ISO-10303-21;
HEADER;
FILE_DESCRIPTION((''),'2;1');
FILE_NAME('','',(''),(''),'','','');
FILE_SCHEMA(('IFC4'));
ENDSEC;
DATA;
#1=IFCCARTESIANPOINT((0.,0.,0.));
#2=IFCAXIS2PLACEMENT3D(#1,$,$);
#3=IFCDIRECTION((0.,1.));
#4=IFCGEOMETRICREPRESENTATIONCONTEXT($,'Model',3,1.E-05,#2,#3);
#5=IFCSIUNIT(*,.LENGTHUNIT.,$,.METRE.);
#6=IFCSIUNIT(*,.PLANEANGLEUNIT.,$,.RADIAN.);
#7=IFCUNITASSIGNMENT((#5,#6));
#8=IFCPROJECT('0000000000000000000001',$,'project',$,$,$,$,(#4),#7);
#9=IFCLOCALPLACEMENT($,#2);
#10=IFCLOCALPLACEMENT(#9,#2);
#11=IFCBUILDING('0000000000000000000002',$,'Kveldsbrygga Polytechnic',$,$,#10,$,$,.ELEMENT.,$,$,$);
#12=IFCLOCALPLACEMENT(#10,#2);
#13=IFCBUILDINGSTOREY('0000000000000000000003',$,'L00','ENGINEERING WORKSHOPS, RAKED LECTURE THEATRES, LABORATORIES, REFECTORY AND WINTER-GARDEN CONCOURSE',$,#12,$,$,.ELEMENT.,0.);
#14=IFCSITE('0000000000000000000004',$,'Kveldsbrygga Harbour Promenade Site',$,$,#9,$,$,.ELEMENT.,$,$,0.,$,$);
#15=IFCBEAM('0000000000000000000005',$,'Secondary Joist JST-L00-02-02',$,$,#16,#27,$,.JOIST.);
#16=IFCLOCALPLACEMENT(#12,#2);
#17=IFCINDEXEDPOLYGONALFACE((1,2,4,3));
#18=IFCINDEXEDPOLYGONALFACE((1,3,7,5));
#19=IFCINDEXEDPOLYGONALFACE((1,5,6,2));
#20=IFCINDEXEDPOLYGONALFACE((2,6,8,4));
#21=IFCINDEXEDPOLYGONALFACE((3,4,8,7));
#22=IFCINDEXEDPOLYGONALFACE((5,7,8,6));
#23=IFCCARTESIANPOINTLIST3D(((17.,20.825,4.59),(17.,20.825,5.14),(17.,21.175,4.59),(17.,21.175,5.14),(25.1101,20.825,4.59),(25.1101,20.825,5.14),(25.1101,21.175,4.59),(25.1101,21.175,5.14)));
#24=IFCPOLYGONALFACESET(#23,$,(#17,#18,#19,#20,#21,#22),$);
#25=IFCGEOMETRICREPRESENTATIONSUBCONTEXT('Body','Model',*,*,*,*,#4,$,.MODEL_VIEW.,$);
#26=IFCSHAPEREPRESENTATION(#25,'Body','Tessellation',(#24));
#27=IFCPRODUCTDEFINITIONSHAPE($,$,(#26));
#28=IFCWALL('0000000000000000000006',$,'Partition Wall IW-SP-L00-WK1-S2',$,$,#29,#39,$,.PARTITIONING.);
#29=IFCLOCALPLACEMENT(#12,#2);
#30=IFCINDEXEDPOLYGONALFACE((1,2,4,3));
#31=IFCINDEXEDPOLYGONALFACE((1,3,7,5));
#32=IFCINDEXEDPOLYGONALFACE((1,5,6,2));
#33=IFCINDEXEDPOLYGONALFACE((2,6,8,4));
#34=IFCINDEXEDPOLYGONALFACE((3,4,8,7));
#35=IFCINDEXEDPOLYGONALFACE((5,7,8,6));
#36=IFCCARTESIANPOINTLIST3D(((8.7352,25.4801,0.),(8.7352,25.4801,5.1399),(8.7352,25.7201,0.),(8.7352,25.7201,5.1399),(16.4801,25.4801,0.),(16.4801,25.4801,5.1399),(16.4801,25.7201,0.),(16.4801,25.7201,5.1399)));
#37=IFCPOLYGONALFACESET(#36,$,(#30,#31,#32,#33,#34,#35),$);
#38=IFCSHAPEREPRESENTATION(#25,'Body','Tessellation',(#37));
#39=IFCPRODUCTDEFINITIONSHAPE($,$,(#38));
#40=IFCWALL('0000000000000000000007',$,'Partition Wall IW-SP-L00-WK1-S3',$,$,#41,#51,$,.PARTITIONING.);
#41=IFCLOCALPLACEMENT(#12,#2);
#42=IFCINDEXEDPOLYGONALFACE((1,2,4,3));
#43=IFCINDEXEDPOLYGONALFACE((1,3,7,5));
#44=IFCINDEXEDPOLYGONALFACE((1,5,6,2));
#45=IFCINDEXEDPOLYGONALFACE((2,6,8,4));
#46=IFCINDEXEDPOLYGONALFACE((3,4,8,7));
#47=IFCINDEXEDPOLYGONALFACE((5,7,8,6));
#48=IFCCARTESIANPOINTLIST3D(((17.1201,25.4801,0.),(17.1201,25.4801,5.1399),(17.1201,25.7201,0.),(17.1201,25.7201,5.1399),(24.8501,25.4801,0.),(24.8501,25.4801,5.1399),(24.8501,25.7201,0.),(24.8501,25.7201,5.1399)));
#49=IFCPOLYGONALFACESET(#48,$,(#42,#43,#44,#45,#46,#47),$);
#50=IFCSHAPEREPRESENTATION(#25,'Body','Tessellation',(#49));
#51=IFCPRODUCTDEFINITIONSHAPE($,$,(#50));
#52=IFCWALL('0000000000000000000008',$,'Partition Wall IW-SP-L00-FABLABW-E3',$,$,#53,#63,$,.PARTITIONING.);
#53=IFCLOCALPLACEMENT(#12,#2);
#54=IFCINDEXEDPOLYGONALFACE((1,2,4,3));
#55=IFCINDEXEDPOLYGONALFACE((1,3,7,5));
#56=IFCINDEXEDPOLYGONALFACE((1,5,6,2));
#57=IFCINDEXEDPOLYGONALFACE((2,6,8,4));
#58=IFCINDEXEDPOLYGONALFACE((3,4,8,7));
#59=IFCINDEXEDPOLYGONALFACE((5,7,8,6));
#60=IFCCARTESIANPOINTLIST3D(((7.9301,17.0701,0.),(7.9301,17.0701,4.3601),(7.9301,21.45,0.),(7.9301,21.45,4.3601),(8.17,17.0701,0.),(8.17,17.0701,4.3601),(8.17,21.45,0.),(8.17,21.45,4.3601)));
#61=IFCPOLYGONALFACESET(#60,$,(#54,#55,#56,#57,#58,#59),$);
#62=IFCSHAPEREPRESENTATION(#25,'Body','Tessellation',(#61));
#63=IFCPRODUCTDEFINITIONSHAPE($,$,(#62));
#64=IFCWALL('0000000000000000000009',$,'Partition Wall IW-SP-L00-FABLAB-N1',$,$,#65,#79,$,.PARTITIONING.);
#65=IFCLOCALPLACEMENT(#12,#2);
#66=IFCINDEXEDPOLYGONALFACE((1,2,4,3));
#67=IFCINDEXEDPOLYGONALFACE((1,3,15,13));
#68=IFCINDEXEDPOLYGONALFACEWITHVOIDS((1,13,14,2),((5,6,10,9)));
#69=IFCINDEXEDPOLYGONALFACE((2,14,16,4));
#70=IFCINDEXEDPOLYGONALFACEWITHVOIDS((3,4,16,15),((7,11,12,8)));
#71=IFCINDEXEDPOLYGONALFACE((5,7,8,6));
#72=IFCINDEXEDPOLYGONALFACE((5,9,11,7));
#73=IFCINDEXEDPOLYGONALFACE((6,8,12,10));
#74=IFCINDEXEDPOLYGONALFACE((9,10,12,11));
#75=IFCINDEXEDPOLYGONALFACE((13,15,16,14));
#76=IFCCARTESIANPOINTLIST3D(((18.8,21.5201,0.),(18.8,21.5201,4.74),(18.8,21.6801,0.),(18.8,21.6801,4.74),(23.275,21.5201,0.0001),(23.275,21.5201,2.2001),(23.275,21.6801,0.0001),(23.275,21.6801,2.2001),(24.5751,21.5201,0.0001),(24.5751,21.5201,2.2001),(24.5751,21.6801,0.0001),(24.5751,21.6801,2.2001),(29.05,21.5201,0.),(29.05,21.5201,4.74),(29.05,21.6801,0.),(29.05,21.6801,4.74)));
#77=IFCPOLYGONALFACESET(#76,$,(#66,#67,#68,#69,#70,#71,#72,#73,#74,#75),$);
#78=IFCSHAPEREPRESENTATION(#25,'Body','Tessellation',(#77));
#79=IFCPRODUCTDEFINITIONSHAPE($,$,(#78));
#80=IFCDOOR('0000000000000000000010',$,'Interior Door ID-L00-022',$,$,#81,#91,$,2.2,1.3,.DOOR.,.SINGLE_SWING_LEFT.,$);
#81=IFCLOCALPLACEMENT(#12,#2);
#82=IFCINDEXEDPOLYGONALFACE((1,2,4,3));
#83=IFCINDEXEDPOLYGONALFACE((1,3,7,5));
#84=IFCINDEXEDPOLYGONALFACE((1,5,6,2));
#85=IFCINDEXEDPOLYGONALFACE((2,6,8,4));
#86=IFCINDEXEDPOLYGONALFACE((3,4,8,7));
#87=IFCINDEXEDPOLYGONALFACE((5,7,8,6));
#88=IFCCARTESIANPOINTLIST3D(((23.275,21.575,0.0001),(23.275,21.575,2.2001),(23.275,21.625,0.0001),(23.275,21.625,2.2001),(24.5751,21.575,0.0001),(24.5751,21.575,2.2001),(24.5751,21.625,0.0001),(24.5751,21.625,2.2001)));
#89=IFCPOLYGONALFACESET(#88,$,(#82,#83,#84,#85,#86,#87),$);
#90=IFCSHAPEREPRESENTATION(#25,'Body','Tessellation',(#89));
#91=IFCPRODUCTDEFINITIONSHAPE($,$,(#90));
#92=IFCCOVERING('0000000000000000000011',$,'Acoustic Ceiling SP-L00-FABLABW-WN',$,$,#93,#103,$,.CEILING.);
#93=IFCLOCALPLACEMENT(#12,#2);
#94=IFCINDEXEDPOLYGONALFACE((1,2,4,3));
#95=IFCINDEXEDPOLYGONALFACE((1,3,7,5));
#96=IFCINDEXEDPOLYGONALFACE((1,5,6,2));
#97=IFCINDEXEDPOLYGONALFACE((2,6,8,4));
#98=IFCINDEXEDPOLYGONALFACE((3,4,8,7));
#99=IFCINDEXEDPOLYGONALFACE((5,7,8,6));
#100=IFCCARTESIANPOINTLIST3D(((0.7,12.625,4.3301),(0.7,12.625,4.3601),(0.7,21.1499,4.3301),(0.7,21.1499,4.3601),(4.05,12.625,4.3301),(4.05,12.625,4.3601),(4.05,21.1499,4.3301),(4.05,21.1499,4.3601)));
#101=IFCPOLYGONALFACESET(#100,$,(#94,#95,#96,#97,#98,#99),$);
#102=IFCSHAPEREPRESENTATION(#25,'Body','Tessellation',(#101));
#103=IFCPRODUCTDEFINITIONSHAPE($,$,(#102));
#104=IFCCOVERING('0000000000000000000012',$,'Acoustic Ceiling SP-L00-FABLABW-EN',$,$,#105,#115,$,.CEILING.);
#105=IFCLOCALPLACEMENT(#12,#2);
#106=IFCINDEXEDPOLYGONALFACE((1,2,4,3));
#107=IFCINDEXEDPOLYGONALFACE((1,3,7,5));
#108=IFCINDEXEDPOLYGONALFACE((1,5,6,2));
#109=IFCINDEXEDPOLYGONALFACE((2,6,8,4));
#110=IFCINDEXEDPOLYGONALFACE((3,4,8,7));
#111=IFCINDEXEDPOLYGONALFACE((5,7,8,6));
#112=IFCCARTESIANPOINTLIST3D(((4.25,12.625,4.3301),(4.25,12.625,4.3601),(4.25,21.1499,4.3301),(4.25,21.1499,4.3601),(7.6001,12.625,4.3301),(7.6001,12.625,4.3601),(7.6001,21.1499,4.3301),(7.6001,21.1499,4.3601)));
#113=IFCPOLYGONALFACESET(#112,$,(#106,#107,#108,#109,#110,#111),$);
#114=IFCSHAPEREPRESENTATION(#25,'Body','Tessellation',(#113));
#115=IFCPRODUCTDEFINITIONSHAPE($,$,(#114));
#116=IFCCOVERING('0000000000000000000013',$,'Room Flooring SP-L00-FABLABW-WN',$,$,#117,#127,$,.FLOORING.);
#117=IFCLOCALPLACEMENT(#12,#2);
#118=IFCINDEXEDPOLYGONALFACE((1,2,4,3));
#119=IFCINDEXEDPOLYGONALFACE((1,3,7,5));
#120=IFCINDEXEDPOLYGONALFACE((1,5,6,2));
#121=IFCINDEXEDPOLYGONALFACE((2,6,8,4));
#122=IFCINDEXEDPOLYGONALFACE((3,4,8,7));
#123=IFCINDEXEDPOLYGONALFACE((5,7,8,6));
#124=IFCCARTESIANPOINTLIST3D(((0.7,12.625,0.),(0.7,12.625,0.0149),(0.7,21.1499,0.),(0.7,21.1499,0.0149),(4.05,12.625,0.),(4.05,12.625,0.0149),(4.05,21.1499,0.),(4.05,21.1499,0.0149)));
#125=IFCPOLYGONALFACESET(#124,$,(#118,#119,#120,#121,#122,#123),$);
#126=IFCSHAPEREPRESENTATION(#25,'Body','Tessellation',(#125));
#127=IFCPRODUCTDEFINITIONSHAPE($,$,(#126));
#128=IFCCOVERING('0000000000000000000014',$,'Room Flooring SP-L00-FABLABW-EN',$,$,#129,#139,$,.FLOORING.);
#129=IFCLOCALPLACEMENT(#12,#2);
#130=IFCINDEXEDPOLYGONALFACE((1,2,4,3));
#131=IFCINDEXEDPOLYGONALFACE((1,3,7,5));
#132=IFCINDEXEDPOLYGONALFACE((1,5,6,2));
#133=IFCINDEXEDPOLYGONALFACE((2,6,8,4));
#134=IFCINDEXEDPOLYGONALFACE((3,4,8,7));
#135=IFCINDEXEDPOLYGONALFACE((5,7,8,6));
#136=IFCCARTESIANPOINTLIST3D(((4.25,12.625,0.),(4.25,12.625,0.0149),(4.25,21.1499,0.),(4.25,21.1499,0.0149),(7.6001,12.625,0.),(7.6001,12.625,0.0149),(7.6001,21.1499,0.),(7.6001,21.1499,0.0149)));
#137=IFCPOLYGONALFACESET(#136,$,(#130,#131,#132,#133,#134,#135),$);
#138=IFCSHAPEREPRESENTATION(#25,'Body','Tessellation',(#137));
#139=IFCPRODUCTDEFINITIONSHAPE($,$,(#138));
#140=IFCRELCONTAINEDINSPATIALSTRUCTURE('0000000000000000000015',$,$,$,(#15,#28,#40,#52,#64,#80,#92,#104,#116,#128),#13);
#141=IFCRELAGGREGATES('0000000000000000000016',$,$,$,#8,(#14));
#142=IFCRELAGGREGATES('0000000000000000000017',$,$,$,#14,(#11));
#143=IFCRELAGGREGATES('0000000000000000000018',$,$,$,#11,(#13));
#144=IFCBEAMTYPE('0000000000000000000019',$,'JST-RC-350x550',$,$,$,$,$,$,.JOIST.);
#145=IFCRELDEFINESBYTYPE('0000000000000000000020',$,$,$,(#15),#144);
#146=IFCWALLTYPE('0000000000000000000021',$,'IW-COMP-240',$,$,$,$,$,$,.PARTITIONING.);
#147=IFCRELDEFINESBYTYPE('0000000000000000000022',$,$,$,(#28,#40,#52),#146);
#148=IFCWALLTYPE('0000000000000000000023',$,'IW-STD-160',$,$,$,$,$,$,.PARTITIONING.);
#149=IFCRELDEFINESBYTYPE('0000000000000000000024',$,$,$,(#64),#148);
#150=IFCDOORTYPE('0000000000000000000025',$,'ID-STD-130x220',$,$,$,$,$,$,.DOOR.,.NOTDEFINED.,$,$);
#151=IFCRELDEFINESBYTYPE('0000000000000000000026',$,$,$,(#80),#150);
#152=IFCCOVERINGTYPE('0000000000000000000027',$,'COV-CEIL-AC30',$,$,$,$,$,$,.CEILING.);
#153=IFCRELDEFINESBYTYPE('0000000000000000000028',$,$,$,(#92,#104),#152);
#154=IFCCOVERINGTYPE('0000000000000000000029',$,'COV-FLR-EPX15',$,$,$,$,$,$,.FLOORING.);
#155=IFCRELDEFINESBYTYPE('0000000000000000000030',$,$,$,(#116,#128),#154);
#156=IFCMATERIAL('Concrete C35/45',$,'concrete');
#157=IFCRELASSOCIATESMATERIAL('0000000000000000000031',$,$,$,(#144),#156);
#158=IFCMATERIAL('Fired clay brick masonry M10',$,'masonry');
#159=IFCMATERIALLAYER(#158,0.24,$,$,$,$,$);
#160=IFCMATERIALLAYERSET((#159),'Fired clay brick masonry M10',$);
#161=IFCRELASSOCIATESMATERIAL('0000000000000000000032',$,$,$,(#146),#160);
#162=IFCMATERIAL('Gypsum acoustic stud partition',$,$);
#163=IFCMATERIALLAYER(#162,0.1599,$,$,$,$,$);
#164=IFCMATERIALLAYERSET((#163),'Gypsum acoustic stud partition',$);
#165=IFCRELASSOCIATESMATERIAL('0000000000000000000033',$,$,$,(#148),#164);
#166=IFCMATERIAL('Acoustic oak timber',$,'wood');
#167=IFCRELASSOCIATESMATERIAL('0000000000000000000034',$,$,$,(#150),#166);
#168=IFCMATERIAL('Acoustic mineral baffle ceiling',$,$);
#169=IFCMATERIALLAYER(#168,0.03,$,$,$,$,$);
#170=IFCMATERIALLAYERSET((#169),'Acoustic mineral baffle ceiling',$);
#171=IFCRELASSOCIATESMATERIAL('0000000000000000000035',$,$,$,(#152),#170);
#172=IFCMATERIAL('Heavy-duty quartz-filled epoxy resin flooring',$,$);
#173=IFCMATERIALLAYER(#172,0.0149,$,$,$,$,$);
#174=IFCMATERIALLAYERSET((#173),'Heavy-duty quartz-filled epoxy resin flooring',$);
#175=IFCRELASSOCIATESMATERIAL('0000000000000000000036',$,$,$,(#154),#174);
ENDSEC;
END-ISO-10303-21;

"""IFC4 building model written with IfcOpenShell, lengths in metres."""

from ifc_helpers import new_model, si_unit, direction, frame, frame_2d, origin, origin_2d, place, context, subcontext, project, spatial, rectangle, extrude, material, layer, layer_set, material_profile, profile_set, type_object, element, fill, save


model = new_model("IFC4")

# Units and contexts
model_context = context("Model", 3, precision=1e-05, world=origin(), true_north=direction((0.0, 1.0)))
body_context = subcontext(model_context, "Body", "Model", "MODEL_VIEW")
ifc_project = project(units=[si_unit("LENGTHUNIT", "METRE"), si_unit("PLANEANGLEUNIT", "RADIAN")], contexts=[model_context])

# Site, building, storey
site_placement = place(None, origin())
site = spatial("IfcSite", under=ifc_project, at=site_placement, Name="Kveldsbrygga Harbour Promenade Site", CompositionType="ELEMENT", RefElevation=0.0)
building_placement = place(site_placement, origin())
building = spatial("IfcBuilding", under=site, at=building_placement, Name="Kveldsbrygga Polytechnic", CompositionType="ELEMENT")
storey_placement = place(building_placement, origin())
storey = spatial("IfcBuildingStorey", under=building, at=storey_placement, Name="L00", Description="ENGINEERING WORKSHOPS, RAKED LECTURE THEATRES, LABORATORIES, REFECTORY AND WINTER-GARDEN CONCOURSE", CompositionType="ELEMENT", Elevation=0.0)

# Beam
ifc_material_1 = material(Name="Concrete C35/45", Category="concrete")
ifc_material_profile_1 = material_profile(ifc_material_1, rectangle(XDim=0.3501, YDim=0.55, at=origin_2d()), Name="RC 350x550")
ifc_profile_set_1 = profile_set([ifc_material_profile_1], Name="Concrete C35/45")
beam_type_1 = type_object("IfcBeamType", Name="JST-RC-350x550", PredefinedType="JOIST", material=ifc_profile_set_1)
beam_1_placement = place(storey_placement, frame((17.0, 21.0, 4.865), z_axis=(1.0, 0.0, 0.0), x_axis=(0.0, 1.0, 0.0)))
element("IfcBeam", 1, at=beam_1_placement, inside=storey, type_object=beam_type_1, Name="Secondary Joist JST-L00-02-02", PredefinedType="JOIST", context=body_context, shape_type="SweptSolid", body=[
    extrude(rectangle(XDim=0.3501, YDim=0.55, at=origin_2d()), origin(), (0.0, 0.0, 1.0), 8.1101),
])

# Walls
ifc_material_2 = material(Name="Fired clay brick masonry M10", Category="masonry")
ifc_layer_1 = layer(ifc_material_2, 0.24)
ifc_layer_set_1 = layer_set([ifc_layer_1], Name="Fired clay brick masonry M10")
wall_type_1 = type_object("IfcWallType", Name="IW-COMP-240", PredefinedType="PARTITIONING", material=ifc_layer_set_1)
wall_1_placement = place(storey_placement, frame((8.7351, 25.6001, 0.0), z_axis=(0.0, 0.0, 1.0), x_axis=(1.0, 0.0, 0.0)))
element("IfcWall", 2, at=wall_1_placement, inside=storey, type_object=wall_type_1, Name="Partition Wall IW-SP-L00-WK1-S2", PredefinedType="PARTITIONING", context=body_context, shape_type="SweptSolid", body=[
    extrude(rectangle(XDim=7.7449, YDim=0.24, at=frame_2d((3.8726, 0.0))), origin(), (0.0, 0.0, 1.0), 5.1399),
])
wall_2_placement = place(storey_placement, frame((17.1201, 25.6001, 0.0), z_axis=(0.0, 0.0, 1.0), x_axis=(1.0, 0.0, 0.0)))
element("IfcWall", 3, at=wall_2_placement, inside=storey, type_object=wall_type_1, Name="Partition Wall IW-SP-L00-WK1-S3", PredefinedType="PARTITIONING", context=body_context, shape_type="SweptSolid", body=[
    extrude(rectangle(XDim=7.73, YDim=0.24, at=frame_2d((3.865, 0.0))), origin(), (0.0, 0.0, 1.0), 5.1399),
])
wall_3_placement = place(storey_placement, frame((8.05, 17.0701, 0.0), z_axis=(0.0, 0.0, 1.0), x_axis=(0.0, 1.0, 0.0)))
element("IfcWall", 4, at=wall_3_placement, inside=storey, type_object=wall_type_1, Name="Partition Wall IW-SP-L00-FABLABW-E3", PredefinedType="PARTITIONING", context=body_context, shape_type="SweptSolid", body=[
    extrude(rectangle(XDim=4.3799, YDim=0.24, at=frame_2d((2.1899, 0.0))), origin(), (0.0, 0.0, 1.0), 4.3601),
])

# Wall, opening, door
ifc_material_3 = material(Name="Gypsum acoustic stud partition")
ifc_layer_2 = layer(ifc_material_3, 0.1599)
ifc_layer_set_2 = layer_set([ifc_layer_2], Name="Gypsum acoustic stud partition")
wall_type_2 = type_object("IfcWallType", Name="IW-STD-160", PredefinedType="PARTITIONING", material=ifc_layer_set_2)
wall_4_placement = place(storey_placement, frame((18.8, 21.6001, 0.0), z_axis=(0.0, 0.0, 1.0), x_axis=(1.0, 0.0, 0.0)))
wall_4 = element("IfcWall", 5, at=wall_4_placement, inside=storey, type_object=wall_type_2, Name="Partition Wall IW-SP-L00-FABLAB-N1", PredefinedType="PARTITIONING", context=body_context, shape_type="SweptSolid", body=[
    extrude(rectangle(XDim=10.25, YDim=0.1599, at=frame_2d((5.125, 0.0))), origin(), (0.0, 0.0, 1.0), 4.74),
])
opening_placement = place(wall_4_placement, frame((4.4751, 0.0, 0.0)))
opening = element("IfcOpeningElement", 6, at=opening_placement, cuts=wall_4, PredefinedType="OPENING", context=body_context, shape_type="SweptSolid", body=[
    extrude(rectangle(XDim=1.3, YDim=2.2, at=frame_2d((0.6499, 1.1001))), frame((0.0, 0.0898, 0.0), z_axis=(0.0, -1.0, 0.0), x_axis=(1.0, 0.0, 0.0)), (0.0, 0.0, 1.0), 0.1799),
])
ifc_material_4 = material(Name="Acoustic oak timber", Category="wood")
door_type = type_object("IfcDoorType", Name="ID-STD-130x220", OperationType="NOTDEFINED", PredefinedType="DOOR", material=ifc_material_4)
door_placement = place(opening_placement, origin())
door = element("IfcDoor", 7, at=door_placement, inside=storey, type_object=door_type, Name="Interior Door ID-L00-022", OperationType="SINGLE_SWING_LEFT", OverallHeight=2.2, OverallWidth=1.3, PredefinedType="DOOR", context=body_context, shape_type="SweptSolid", body=[
    extrude(rectangle(XDim=1.3, YDim=2.2, at=frame_2d((0.6499, 1.1001))), frame((0.0, 0.0249, 0.0), z_axis=(0.0, -1.0, 0.0), x_axis=(1.0, 0.0, 0.0)), (0.0, 0.0, 1.0), 0.05),
])
fill(opening, door)

# Coverings
ifc_material_5 = material(Name="Acoustic mineral baffle ceiling")
ifc_layer_3 = layer(ifc_material_5, 0.03)
ifc_layer_set_3 = layer_set([ifc_layer_3], Name="Acoustic mineral baffle ceiling")
covering_type_1 = type_object("IfcCoveringType", Name="COV-CEIL-AC30", PredefinedType="CEILING", material=ifc_layer_set_3)
for number, where, z_axis, x_axis, name in (
    (8, (2.375, 16.8875, 4.3301), (0.0, 0.0, 1.0), (1.0, 0.0, 0.0), "Acoustic Ceiling SP-L00-FABLABW-WN"),
    (9, (5.925, 16.8875, 4.3301), (0.0, 0.0, 1.0), (1.0, 0.0, 0.0), "Acoustic Ceiling SP-L00-FABLABW-EN"),
):
    element("IfcCovering", number, at=place(storey_placement, frame(where, z_axis=z_axis, x_axis=x_axis)), inside=storey, type_object=covering_type_1, Name=name, PredefinedType="CEILING", context=body_context, shape_type="SweptSolid", body=[
        extrude(rectangle(XDim=3.3501, YDim=8.5249, at=origin_2d()), origin(), (0.0, 0.0, 1.0), 0.03),
    ])
ifc_material_6 = material(Name="Heavy-duty quartz-filled epoxy resin flooring")
ifc_layer_4 = layer(ifc_material_6, 0.0149)
ifc_layer_set_4 = layer_set([ifc_layer_4], Name="Heavy-duty quartz-filled epoxy resin flooring")
covering_type_2 = type_object("IfcCoveringType", Name="COV-FLR-EPX15", PredefinedType="FLOORING", material=ifc_layer_set_4)
for number, where, z_axis, x_axis, name in (
    (10, (2.375, 16.8875, 0.0), (0.0, 0.0, 1.0), (1.0, 0.0, 0.0), "Room Flooring SP-L00-FABLABW-WN"),
    (11, (5.925, 16.8875, 0.0), (0.0, 0.0, 1.0), (1.0, 0.0, 0.0), "Room Flooring SP-L00-FABLABW-EN"),
):
    element("IfcCovering", number, at=place(storey_placement, frame(where, z_axis=z_axis, x_axis=x_axis)), inside=storey, type_object=covering_type_2, Name=name, PredefinedType="FLOORING", context=body_context, shape_type="SweptSolid", body=[
        extrude(rectangle(XDim=3.3501, YDim=8.5249, at=origin_2d()), origin(), (0.0, 0.0, 1.0), 0.0149),
    ])

save(model, "model.ifc")
